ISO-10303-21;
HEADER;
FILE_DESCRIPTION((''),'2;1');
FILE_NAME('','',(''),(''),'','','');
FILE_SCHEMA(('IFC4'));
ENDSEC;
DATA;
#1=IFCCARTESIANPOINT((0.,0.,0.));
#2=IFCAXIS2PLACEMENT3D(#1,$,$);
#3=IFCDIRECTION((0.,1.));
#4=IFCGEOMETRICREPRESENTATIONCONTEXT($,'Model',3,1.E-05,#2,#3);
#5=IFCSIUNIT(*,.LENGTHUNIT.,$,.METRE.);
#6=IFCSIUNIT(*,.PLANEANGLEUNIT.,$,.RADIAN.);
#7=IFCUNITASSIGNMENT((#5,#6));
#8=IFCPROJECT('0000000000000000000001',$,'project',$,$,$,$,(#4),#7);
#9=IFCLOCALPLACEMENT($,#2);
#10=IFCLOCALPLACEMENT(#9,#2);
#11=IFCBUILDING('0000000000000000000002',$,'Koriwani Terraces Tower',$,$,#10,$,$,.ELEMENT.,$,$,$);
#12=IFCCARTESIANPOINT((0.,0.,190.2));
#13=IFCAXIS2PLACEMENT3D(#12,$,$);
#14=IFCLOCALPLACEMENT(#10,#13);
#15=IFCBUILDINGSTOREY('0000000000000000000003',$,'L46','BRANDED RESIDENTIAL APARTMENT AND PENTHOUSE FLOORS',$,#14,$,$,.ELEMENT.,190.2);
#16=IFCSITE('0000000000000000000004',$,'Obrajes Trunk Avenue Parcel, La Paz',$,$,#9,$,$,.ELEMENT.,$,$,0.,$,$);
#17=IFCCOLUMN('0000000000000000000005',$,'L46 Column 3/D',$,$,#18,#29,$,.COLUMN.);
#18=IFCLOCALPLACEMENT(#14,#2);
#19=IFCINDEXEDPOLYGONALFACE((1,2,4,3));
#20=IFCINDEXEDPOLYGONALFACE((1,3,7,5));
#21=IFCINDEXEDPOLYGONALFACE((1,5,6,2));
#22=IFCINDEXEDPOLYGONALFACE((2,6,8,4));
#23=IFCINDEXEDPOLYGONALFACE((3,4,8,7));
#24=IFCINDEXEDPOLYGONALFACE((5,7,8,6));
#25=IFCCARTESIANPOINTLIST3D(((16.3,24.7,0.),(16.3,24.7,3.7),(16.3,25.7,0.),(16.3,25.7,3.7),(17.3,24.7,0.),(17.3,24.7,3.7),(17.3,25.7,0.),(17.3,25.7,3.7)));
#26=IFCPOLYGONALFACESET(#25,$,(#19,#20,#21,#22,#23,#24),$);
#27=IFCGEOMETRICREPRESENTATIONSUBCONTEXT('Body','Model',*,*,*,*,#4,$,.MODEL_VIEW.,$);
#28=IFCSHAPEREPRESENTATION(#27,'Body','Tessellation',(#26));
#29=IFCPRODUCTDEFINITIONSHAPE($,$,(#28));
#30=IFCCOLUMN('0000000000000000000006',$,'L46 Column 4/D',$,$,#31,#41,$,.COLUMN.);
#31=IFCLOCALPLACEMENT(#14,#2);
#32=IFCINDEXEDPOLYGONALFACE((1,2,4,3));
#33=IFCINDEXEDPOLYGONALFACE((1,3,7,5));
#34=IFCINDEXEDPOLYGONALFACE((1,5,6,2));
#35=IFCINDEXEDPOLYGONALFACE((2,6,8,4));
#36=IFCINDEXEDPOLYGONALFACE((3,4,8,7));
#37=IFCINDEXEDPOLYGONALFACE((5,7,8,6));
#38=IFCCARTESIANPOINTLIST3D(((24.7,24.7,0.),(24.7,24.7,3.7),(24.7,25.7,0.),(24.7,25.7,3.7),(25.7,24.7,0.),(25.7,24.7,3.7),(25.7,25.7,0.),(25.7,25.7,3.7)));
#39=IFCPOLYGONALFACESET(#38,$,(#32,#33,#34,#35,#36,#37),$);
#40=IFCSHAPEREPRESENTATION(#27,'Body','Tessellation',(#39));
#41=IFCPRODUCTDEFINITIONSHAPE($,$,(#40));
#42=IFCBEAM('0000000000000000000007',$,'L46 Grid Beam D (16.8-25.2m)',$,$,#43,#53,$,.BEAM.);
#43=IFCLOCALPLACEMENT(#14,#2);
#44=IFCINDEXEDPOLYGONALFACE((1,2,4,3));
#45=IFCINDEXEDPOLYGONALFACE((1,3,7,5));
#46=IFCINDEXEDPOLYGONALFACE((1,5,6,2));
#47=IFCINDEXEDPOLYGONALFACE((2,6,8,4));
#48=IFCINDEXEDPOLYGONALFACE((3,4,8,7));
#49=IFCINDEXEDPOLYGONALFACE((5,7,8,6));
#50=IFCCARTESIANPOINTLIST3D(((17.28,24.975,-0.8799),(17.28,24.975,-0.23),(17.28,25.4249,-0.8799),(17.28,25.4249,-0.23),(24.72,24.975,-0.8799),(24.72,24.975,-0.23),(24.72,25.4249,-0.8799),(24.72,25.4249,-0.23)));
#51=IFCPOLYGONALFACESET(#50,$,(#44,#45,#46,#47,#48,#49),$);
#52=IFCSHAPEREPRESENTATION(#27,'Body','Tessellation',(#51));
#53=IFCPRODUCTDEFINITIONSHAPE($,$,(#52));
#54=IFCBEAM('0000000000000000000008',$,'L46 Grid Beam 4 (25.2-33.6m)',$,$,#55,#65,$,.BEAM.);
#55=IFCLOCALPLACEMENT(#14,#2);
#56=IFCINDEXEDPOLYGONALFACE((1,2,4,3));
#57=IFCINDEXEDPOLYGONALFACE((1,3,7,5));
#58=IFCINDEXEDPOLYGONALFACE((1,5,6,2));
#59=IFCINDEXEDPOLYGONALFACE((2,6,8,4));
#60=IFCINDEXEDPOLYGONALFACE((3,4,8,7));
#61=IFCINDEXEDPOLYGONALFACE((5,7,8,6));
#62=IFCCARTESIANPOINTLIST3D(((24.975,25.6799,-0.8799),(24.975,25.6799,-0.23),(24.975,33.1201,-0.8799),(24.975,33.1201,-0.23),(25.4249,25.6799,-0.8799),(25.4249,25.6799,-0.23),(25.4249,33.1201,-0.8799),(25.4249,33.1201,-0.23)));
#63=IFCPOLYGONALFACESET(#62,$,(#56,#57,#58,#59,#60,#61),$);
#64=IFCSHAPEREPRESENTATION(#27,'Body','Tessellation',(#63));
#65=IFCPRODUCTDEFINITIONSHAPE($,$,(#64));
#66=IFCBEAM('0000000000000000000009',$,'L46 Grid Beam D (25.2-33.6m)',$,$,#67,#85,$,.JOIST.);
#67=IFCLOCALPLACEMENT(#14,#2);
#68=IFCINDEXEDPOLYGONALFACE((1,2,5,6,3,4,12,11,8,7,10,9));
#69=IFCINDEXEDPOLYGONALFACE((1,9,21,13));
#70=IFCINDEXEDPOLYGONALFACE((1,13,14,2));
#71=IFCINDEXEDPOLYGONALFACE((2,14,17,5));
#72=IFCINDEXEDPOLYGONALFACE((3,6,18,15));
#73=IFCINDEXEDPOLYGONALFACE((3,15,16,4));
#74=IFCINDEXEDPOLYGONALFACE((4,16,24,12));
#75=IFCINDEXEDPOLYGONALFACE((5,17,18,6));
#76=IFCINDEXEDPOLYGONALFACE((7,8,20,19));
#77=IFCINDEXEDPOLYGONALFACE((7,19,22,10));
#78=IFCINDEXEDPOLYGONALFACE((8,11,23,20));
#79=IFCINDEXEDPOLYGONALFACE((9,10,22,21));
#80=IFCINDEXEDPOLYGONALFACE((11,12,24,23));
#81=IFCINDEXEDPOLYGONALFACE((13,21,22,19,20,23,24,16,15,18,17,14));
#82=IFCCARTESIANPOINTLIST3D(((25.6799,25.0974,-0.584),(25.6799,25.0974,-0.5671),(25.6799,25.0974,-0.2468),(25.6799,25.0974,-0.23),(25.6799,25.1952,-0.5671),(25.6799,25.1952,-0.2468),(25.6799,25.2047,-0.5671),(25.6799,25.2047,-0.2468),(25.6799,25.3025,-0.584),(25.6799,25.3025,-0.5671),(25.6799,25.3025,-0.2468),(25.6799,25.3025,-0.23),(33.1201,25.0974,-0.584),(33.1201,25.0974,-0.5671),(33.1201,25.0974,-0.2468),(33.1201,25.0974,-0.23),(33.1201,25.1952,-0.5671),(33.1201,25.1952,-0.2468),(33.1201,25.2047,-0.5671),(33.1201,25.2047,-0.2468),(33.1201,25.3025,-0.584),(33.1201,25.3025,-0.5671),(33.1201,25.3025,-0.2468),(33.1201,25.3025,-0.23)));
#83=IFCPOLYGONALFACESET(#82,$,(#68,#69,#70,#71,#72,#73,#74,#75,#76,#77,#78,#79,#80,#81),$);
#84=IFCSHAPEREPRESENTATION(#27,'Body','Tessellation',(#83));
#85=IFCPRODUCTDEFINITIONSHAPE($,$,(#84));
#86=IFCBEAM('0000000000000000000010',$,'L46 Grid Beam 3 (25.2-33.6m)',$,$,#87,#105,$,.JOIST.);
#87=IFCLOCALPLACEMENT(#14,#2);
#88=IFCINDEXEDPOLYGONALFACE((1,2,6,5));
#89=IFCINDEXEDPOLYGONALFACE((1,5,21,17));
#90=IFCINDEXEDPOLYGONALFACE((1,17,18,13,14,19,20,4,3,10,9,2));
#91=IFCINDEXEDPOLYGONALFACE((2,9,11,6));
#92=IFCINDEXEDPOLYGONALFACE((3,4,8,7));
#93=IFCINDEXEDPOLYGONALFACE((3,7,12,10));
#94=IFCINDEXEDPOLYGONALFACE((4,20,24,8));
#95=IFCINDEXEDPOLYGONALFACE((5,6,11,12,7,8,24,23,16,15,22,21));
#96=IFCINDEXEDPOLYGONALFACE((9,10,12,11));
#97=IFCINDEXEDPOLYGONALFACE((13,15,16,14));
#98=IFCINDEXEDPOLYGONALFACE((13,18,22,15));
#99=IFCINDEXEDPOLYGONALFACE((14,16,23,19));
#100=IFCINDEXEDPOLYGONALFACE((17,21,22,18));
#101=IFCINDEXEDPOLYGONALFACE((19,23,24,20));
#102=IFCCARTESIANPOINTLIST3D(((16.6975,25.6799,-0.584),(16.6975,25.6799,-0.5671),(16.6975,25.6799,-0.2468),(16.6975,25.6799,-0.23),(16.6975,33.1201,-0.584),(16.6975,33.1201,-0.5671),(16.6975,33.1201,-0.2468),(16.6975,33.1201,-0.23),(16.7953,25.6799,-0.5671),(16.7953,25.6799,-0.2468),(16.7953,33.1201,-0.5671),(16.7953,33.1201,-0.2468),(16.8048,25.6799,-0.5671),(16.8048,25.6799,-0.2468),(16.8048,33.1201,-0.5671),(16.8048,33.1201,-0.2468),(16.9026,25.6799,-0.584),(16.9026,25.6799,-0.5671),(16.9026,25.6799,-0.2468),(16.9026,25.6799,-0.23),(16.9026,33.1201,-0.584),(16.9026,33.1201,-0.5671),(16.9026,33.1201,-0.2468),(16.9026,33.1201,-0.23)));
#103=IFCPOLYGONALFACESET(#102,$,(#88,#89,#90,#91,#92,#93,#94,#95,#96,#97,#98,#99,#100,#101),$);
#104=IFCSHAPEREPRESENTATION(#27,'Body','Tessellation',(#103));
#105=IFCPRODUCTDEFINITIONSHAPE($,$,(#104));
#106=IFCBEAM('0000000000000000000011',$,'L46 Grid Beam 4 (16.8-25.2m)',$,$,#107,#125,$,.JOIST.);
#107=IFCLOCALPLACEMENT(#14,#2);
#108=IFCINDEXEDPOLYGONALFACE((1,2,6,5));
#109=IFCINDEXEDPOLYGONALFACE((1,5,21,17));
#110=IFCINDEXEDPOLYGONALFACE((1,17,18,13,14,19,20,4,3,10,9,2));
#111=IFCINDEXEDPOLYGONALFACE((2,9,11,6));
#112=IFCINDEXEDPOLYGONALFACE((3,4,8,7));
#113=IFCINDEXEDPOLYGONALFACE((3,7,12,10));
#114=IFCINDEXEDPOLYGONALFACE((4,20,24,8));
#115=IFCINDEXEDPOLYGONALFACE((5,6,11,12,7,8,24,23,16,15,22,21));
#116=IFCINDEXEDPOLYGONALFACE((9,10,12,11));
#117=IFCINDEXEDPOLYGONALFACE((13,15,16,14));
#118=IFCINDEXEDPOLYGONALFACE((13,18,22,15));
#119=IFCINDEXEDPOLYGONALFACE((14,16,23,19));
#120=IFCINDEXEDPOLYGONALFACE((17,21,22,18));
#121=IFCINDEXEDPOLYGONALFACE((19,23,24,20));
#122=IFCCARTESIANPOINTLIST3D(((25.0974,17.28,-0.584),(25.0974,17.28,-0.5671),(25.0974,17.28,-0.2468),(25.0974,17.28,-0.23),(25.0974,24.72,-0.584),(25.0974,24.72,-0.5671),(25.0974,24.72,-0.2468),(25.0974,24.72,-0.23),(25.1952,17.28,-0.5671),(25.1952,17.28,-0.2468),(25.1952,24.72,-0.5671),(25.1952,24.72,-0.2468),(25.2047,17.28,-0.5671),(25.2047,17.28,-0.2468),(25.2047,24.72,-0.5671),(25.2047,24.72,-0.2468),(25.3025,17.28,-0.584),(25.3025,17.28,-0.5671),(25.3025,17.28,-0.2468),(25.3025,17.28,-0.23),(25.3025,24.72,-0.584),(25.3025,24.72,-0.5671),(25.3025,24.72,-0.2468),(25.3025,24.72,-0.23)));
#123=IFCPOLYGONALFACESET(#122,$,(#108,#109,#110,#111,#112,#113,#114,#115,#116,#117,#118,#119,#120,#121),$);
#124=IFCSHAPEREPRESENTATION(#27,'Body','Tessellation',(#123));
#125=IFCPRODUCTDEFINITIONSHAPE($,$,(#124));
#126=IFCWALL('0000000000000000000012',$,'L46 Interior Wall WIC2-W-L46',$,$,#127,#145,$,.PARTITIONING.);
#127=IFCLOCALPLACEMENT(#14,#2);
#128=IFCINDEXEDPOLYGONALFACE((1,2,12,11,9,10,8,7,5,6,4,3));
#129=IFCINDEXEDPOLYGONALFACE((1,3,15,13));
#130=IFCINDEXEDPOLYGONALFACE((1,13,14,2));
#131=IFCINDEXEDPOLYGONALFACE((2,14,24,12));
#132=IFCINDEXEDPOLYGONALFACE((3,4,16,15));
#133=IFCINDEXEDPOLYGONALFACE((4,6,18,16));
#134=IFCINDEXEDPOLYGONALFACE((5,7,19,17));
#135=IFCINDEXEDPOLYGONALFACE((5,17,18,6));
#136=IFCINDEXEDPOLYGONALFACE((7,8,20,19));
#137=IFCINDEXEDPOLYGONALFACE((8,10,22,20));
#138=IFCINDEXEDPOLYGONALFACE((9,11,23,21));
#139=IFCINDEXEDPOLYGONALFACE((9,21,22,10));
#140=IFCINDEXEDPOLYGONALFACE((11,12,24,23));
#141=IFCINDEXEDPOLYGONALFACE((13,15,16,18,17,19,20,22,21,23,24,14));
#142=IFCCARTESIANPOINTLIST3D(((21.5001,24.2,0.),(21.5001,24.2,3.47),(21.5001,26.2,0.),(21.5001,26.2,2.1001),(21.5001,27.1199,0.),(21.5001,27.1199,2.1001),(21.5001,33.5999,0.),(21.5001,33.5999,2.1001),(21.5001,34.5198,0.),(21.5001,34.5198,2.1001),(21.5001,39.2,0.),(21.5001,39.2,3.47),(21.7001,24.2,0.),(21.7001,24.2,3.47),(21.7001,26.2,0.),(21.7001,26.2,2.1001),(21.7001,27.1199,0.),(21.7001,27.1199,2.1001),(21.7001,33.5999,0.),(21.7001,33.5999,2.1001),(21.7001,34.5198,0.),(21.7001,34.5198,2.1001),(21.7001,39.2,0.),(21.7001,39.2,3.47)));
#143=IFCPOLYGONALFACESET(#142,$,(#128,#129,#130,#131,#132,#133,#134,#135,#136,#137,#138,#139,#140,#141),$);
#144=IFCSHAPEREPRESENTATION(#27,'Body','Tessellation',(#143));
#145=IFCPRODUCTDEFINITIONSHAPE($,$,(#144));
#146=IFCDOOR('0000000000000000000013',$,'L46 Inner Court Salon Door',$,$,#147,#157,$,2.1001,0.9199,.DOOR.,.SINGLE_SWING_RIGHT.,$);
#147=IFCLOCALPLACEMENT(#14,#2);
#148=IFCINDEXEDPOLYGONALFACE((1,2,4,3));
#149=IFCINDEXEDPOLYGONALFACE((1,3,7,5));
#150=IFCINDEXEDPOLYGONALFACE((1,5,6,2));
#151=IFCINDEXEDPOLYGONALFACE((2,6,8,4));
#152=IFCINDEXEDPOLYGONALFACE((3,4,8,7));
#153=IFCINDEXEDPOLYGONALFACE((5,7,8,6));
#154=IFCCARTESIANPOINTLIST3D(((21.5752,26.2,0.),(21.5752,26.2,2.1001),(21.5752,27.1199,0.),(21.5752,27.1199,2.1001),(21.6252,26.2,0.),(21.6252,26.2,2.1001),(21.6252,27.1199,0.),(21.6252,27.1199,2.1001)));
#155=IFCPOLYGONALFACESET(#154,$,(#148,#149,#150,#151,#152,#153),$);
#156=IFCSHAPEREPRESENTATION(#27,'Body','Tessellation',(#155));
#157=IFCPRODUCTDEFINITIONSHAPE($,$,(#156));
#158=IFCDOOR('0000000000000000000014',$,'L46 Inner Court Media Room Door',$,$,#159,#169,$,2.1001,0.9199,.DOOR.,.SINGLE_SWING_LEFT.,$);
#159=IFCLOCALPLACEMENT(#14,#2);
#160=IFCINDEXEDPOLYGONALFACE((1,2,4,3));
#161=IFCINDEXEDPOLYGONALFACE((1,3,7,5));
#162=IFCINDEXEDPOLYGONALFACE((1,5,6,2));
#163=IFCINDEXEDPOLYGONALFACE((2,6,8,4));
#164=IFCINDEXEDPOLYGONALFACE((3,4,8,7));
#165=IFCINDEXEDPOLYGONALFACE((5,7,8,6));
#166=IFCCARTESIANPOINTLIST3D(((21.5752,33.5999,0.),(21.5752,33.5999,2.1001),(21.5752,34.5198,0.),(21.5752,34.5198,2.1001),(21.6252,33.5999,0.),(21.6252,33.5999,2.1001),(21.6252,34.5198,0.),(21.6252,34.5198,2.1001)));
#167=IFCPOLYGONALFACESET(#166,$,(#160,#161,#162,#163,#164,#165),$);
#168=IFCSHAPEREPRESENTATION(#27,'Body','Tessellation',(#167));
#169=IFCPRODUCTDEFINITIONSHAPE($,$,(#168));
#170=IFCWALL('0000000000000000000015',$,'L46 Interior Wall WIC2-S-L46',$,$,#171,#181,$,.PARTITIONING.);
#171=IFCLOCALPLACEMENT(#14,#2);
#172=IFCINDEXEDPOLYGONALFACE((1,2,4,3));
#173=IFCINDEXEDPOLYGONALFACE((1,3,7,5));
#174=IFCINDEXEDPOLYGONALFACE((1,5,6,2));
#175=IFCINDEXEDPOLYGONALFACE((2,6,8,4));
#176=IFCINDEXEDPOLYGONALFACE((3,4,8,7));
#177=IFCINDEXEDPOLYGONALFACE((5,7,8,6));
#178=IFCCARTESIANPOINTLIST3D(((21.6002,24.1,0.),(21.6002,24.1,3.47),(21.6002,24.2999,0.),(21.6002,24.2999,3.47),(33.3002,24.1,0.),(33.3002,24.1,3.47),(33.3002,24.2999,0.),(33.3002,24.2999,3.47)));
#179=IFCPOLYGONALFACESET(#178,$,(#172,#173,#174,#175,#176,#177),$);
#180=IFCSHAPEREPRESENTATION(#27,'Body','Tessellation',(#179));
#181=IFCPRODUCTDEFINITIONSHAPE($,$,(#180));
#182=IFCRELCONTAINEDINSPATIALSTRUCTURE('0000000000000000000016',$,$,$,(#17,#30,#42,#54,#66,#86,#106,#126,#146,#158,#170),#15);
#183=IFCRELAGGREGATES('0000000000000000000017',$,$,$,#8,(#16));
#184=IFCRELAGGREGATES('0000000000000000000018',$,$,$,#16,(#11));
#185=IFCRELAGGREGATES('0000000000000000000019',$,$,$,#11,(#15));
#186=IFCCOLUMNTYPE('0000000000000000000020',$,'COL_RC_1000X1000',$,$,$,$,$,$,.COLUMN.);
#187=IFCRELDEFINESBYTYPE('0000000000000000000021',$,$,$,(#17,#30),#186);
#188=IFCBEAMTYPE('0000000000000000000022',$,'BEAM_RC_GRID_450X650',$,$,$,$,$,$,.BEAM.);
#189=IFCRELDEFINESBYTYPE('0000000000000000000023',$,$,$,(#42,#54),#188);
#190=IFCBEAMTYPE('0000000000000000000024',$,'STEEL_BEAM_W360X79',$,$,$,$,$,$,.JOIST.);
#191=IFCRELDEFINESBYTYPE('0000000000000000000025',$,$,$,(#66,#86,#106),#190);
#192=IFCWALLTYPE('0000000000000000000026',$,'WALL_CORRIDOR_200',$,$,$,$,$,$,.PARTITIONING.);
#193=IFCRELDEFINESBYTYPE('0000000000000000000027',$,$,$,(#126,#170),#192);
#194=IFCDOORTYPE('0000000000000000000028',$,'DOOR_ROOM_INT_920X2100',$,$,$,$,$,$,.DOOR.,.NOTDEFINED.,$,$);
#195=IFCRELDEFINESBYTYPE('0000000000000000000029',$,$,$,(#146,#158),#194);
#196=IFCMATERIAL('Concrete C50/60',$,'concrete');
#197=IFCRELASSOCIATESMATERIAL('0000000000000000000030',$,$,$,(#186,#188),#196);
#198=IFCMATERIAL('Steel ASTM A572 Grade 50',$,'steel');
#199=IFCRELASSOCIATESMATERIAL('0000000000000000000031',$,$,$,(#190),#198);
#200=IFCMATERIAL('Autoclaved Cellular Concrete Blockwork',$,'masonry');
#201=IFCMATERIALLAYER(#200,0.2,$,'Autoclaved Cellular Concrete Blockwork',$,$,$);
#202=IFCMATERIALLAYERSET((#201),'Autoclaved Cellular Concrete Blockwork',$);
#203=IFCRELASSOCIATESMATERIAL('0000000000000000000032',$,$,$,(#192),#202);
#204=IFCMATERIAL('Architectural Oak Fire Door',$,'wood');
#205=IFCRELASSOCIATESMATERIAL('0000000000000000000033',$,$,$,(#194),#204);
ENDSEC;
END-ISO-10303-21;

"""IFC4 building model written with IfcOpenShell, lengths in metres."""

from ifc_helpers import new_model, si_unit, direction, frame, frame_2d, origin, origin_2d, place, context, subcontext, project, spatial, rectangle, i_section, extrude, material, layer, layer_set, material_profile, profile_set, type_object, element, fill, save


model = new_model("IFC4")

# Units and contexts
model_context = context("Model", 3, precision=1e-05, world=origin(), true_north=direction((0.0, 1.0)))
body_context = subcontext(model_context, "Body", "Model", "MODEL_VIEW")
ifc_project = project(units=[si_unit("LENGTHUNIT", "METRE"), si_unit("PLANEANGLEUNIT", "RADIAN")], contexts=[model_context])

# Site, building, storey
site_placement = place(None, origin())
site = spatial("IfcSite", under=ifc_project, at=site_placement, Name="Obrajes Trunk Avenue Parcel, La Paz", CompositionType="ELEMENT", RefElevation=0.0)
building_placement = place(site_placement, origin())
building = spatial("IfcBuilding", under=site, at=building_placement, Name="Koriwani Terraces Tower", CompositionType="ELEMENT")
storey_placement = place(building_placement, frame((0.0, 0.0, 190.2)))
storey = spatial("IfcBuildingStorey", under=building, at=storey_placement, Name="L46", Description="BRANDED RESIDENTIAL APARTMENT AND PENTHOUSE FLOORS", CompositionType="ELEMENT", Elevation=190.2)

# Columns
ifc_material_1 = material(Name="Concrete C50/60", Category="concrete")
ifc_material_profile_1 = material_profile(ifc_material_1, rectangle(XDim=1.0, YDim=1.0, at=origin_2d()), Name="Concrete C50/60", Category="LoadBearing")
ifc_profile_set_1 = profile_set([ifc_material_profile_1], Name="Concrete C50/60")
column_type = type_object("IfcColumnType", Name="COL_RC_1000X1000", PredefinedType="COLUMN", material=ifc_profile_set_1)
for number, where, z_axis, x_axis, name in (
    (1, (16.8, 25.2, 0.0), (0.0, 0.0, 1.0), (1.0, 0.0, 0.0), "L46 Column 3/D"),
    (2, (25.2, 25.2, 0.0), (0.0, 0.0, 1.0), (1.0, 0.0, 0.0), "L46 Column 4/D"),
):
    element("IfcColumn", number, at=place(storey_placement, frame(where, z_axis=z_axis, x_axis=x_axis)), inside=storey, type_object=column_type, Name=name, PredefinedType="COLUMN", context=body_context, shape_type="SweptSolid", body=[
        extrude(rectangle(XDim=1.0, YDim=1.0, at=origin_2d()), origin(), (0.0, 0.0, 1.0), 3.7),
    ])

# Beams
ifc_material_profile_2 = material_profile(ifc_material_1, rectangle(XDim=0.45, YDim=0.6499, at=origin_2d()), Name="Concrete C50/60", Category="LoadBearing")
ifc_profile_set_2 = profile_set([ifc_material_profile_2], Name="Concrete C50/60")
beam_type_1 = type_object("IfcBeamType", Name="BEAM_RC_GRID_450X650", PredefinedType="BEAM", material=ifc_profile_set_2)
beam_1_placement = place(storey_placement, frame((17.28, 25.2, -0.5549), z_axis=(1.0, 0.0, 0.0), x_axis=(0.0, 1.0, 0.0)))
element("IfcBeam", 3, at=beam_1_placement, inside=storey, type_object=beam_type_1, Name="L46 Grid Beam D (16.8-25.2m)", PredefinedType="BEAM", context=body_context, shape_type="SweptSolid", body=[
    extrude(rectangle(XDim=0.45, YDim=0.6499, at=origin_2d()), origin(), (0.0, 0.0, 1.0), 7.4399),
])
beam_2_placement = place(storey_placement, frame((25.2, 25.6799, -0.5549), z_axis=(0.0, 1.0, 0.0), x_axis=(-1.0, 0.0, 0.0)))
element("IfcBeam", 4, at=beam_2_placement, inside=storey, type_object=beam_type_1, Name="L46 Grid Beam 4 (25.2-33.6m)", PredefinedType="BEAM", context=body_context, shape_type="SweptSolid", body=[
    extrude(rectangle(XDim=0.45, YDim=0.6499, at=origin_2d()), origin(), (0.0, 0.0, 1.0), 7.4402),
])
ifc_material_2 = material(Name="Steel ASTM A572 Grade 50", Category="steel")
ifc_material_profile_3 = material_profile(ifc_material_2, i_section(OverallWidth=0.2051, OverallDepth=0.354, WebThickness=0.0095, FlangeThickness=0.0168, at=origin_2d()), Name="Steel ASTM A572 Grade 50", Category="LoadBearing")
ifc_profile_set_3 = profile_set([ifc_material_profile_3], Name="Steel ASTM A572 Grade 50")
beam_type_2 = type_object("IfcBeamType", Name="STEEL_BEAM_W360X79", PredefinedType="JOIST", material=ifc_profile_set_3)
for number, where, z_axis, x_axis, name in (
    (5, (25.6799, 25.2, -0.407), (1.0, 0.0, 0.0), (0.0, 1.0, 0.0), "L46 Grid Beam D (25.2-33.6m)"),
    (6, (16.8, 25.6799, -0.407), (0.0, 1.0, 0.0), (-1.0, 0.0, 0.0), "L46 Grid Beam 3 (25.2-33.6m)"),
):
    element("IfcBeam", number, at=place(storey_placement, frame(where, z_axis=z_axis, x_axis=x_axis)), inside=storey, type_object=beam_type_2, Name=name, PredefinedType="JOIST", context=body_context, shape_type="SweptSolid", body=[
        extrude(i_section(OverallWidth=0.2051, OverallDepth=0.354, WebThickness=0.0095, FlangeThickness=0.0168, at=origin_2d()), origin(), (0.0, 0.0, 1.0), 7.4402),
    ])
beam_3_placement = place(storey_placement, frame((25.2, 17.28, -0.407), z_axis=(0.0, 1.0, 0.0), x_axis=(-1.0, 0.0, 0.0)))
element("IfcBeam", 7, at=beam_3_placement, inside=storey, type_object=beam_type_2, Name="L46 Grid Beam 4 (16.8-25.2m)", PredefinedType="JOIST", context=body_context, shape_type="SweptSolid", body=[
    extrude(i_section(OverallWidth=0.2051, OverallDepth=0.354, WebThickness=0.0095, FlangeThickness=0.0168, at=origin_2d()), origin(), (0.0, 0.0, 1.0), 7.4399),
])

# Wall, openings, doors
ifc_material_3 = material(Name="Autoclaved Cellular Concrete Blockwork", Category="masonry")
ifc_layer_1 = layer(ifc_material_3, 0.2, Name="Autoclaved Cellular Concrete Blockwork")
ifc_layer_set_1 = layer_set([ifc_layer_1], Name="Autoclaved Cellular Concrete Blockwork")
wall_type_1 = type_object("IfcWallType", Name="WALL_CORRIDOR_200", PredefinedType="PARTITIONING", material=ifc_layer_set_1)
wall_1_placement = place(storey_placement, frame((21.6001, 24.2, 0.0), z_axis=(0.0, 0.0, 1.0), x_axis=(0.0, 1.0, 0.0)))
wall_1 = element("IfcWall", 8, at=wall_1_placement, inside=storey, type_object=wall_type_1, Name="L46 Interior Wall WIC2-W-L46", PredefinedType="PARTITIONING", context=body_context, shape_type="SweptSolid", body=[
    extrude(rectangle(XDim=15.0, YDim=0.2, at=frame_2d((7.5, 0.0))), origin(), (0.0, 0.0, 1.0), 3.47),
])
opening_1_placement = place(wall_1_placement, frame((2.0, 0.0, 0.0)))
opening_1 = element("IfcOpeningElement", 9, at=opening_1_placement, cuts=wall_1, PredefinedType="OPENING", context=body_context, shape_type="SweptSolid", body=[
    extrude(rectangle(XDim=0.9199, YDim=2.1001, at=frame_2d((0.46, 1.05))), frame((0.0, 0.1099, 0.0), z_axis=(0.0, -1.0, 0.0), x_axis=(1.0, 0.0, 0.0)), (0.0, 0.0, 1.0), 0.22),
])
opening_2_placement = place(wall_1_placement, frame((9.3999, 0.0, 0.0)))
opening_2 = element("IfcOpeningElement", 10, at=opening_2_placement, cuts=wall_1, PredefinedType="OPENING", context=body_context, shape_type="SweptSolid", body=[
    extrude(rectangle(XDim=0.9199, YDim=2.1001, at=frame_2d((0.46, 1.05))), frame((0.0, 0.1099, 0.0), z_axis=(0.0, -1.0, 0.0), x_axis=(1.0, 0.0, 0.0)), (0.0, 0.0, 1.0), 0.22),
])
ifc_material_4 = material(Name="Architectural Oak Fire Door", Category="wood")
door_type_1 = type_object("IfcDoorType", Name="DOOR_ROOM_INT_920X2100", OperationType="NOTDEFINED", PredefinedType="DOOR", material=ifc_material_4)
door_1_placement = place(opening_1_placement, origin())
door_1 = element("IfcDoor", 11, at=door_1_placement, inside=storey, type_object=door_type_1, Name="L46 Inner Court Salon Door", OperationType="SINGLE_SWING_RIGHT", OverallHeight=2.1001, OverallWidth=0.9199, PredefinedType="DOOR", context=body_context, shape_type="SweptSolid", body=[
    extrude(rectangle(XDim=0.9199, YDim=2.1001, at=frame_2d((0.46, 1.05))), frame((0.0, 0.0249, 0.0), z_axis=(0.0, -1.0, 0.0), x_axis=(1.0, 0.0, 0.0)), (0.0, 0.0, 1.0), 0.05),
])
fill(opening_1, door_1)
door_2_placement = place(opening_2_placement, origin())
door_2 = element("IfcDoor", 12, at=door_2_placement, inside=storey, type_object=door_type_1, Name="L46 Inner Court Media Room Door", OperationType="SINGLE_SWING_LEFT", OverallHeight=2.1001, OverallWidth=0.9199, PredefinedType="DOOR", context=body_context, shape_type="SweptSolid", body=[
    extrude(rectangle(XDim=0.9199, YDim=2.1001, at=frame_2d((0.46, 1.05))), frame((0.0, 0.0249, 0.0), z_axis=(0.0, -1.0, 0.0), x_axis=(1.0, 0.0, 0.0)), (0.0, 0.0, 1.0), 0.05),
])
fill(opening_2, door_2)

# Wall
wall_2_placement = place(storey_placement, frame((21.6001, 24.2, 0.0), z_axis=(0.0, 0.0, 1.0), x_axis=(1.0, 0.0, 0.0)))
element("IfcWall", 13, at=wall_2_placement, inside=storey, type_object=wall_type_1, Name="L46 Interior Wall WIC2-S-L46", PredefinedType="PARTITIONING", context=body_context, shape_type="SweptSolid", body=[
    extrude(rectangle(XDim=11.7, YDim=0.2, at=frame_2d((5.8501, 0.0))), origin(), (0.0, 0.0, 1.0), 3.47),
])

save(model, "model.ifc")
